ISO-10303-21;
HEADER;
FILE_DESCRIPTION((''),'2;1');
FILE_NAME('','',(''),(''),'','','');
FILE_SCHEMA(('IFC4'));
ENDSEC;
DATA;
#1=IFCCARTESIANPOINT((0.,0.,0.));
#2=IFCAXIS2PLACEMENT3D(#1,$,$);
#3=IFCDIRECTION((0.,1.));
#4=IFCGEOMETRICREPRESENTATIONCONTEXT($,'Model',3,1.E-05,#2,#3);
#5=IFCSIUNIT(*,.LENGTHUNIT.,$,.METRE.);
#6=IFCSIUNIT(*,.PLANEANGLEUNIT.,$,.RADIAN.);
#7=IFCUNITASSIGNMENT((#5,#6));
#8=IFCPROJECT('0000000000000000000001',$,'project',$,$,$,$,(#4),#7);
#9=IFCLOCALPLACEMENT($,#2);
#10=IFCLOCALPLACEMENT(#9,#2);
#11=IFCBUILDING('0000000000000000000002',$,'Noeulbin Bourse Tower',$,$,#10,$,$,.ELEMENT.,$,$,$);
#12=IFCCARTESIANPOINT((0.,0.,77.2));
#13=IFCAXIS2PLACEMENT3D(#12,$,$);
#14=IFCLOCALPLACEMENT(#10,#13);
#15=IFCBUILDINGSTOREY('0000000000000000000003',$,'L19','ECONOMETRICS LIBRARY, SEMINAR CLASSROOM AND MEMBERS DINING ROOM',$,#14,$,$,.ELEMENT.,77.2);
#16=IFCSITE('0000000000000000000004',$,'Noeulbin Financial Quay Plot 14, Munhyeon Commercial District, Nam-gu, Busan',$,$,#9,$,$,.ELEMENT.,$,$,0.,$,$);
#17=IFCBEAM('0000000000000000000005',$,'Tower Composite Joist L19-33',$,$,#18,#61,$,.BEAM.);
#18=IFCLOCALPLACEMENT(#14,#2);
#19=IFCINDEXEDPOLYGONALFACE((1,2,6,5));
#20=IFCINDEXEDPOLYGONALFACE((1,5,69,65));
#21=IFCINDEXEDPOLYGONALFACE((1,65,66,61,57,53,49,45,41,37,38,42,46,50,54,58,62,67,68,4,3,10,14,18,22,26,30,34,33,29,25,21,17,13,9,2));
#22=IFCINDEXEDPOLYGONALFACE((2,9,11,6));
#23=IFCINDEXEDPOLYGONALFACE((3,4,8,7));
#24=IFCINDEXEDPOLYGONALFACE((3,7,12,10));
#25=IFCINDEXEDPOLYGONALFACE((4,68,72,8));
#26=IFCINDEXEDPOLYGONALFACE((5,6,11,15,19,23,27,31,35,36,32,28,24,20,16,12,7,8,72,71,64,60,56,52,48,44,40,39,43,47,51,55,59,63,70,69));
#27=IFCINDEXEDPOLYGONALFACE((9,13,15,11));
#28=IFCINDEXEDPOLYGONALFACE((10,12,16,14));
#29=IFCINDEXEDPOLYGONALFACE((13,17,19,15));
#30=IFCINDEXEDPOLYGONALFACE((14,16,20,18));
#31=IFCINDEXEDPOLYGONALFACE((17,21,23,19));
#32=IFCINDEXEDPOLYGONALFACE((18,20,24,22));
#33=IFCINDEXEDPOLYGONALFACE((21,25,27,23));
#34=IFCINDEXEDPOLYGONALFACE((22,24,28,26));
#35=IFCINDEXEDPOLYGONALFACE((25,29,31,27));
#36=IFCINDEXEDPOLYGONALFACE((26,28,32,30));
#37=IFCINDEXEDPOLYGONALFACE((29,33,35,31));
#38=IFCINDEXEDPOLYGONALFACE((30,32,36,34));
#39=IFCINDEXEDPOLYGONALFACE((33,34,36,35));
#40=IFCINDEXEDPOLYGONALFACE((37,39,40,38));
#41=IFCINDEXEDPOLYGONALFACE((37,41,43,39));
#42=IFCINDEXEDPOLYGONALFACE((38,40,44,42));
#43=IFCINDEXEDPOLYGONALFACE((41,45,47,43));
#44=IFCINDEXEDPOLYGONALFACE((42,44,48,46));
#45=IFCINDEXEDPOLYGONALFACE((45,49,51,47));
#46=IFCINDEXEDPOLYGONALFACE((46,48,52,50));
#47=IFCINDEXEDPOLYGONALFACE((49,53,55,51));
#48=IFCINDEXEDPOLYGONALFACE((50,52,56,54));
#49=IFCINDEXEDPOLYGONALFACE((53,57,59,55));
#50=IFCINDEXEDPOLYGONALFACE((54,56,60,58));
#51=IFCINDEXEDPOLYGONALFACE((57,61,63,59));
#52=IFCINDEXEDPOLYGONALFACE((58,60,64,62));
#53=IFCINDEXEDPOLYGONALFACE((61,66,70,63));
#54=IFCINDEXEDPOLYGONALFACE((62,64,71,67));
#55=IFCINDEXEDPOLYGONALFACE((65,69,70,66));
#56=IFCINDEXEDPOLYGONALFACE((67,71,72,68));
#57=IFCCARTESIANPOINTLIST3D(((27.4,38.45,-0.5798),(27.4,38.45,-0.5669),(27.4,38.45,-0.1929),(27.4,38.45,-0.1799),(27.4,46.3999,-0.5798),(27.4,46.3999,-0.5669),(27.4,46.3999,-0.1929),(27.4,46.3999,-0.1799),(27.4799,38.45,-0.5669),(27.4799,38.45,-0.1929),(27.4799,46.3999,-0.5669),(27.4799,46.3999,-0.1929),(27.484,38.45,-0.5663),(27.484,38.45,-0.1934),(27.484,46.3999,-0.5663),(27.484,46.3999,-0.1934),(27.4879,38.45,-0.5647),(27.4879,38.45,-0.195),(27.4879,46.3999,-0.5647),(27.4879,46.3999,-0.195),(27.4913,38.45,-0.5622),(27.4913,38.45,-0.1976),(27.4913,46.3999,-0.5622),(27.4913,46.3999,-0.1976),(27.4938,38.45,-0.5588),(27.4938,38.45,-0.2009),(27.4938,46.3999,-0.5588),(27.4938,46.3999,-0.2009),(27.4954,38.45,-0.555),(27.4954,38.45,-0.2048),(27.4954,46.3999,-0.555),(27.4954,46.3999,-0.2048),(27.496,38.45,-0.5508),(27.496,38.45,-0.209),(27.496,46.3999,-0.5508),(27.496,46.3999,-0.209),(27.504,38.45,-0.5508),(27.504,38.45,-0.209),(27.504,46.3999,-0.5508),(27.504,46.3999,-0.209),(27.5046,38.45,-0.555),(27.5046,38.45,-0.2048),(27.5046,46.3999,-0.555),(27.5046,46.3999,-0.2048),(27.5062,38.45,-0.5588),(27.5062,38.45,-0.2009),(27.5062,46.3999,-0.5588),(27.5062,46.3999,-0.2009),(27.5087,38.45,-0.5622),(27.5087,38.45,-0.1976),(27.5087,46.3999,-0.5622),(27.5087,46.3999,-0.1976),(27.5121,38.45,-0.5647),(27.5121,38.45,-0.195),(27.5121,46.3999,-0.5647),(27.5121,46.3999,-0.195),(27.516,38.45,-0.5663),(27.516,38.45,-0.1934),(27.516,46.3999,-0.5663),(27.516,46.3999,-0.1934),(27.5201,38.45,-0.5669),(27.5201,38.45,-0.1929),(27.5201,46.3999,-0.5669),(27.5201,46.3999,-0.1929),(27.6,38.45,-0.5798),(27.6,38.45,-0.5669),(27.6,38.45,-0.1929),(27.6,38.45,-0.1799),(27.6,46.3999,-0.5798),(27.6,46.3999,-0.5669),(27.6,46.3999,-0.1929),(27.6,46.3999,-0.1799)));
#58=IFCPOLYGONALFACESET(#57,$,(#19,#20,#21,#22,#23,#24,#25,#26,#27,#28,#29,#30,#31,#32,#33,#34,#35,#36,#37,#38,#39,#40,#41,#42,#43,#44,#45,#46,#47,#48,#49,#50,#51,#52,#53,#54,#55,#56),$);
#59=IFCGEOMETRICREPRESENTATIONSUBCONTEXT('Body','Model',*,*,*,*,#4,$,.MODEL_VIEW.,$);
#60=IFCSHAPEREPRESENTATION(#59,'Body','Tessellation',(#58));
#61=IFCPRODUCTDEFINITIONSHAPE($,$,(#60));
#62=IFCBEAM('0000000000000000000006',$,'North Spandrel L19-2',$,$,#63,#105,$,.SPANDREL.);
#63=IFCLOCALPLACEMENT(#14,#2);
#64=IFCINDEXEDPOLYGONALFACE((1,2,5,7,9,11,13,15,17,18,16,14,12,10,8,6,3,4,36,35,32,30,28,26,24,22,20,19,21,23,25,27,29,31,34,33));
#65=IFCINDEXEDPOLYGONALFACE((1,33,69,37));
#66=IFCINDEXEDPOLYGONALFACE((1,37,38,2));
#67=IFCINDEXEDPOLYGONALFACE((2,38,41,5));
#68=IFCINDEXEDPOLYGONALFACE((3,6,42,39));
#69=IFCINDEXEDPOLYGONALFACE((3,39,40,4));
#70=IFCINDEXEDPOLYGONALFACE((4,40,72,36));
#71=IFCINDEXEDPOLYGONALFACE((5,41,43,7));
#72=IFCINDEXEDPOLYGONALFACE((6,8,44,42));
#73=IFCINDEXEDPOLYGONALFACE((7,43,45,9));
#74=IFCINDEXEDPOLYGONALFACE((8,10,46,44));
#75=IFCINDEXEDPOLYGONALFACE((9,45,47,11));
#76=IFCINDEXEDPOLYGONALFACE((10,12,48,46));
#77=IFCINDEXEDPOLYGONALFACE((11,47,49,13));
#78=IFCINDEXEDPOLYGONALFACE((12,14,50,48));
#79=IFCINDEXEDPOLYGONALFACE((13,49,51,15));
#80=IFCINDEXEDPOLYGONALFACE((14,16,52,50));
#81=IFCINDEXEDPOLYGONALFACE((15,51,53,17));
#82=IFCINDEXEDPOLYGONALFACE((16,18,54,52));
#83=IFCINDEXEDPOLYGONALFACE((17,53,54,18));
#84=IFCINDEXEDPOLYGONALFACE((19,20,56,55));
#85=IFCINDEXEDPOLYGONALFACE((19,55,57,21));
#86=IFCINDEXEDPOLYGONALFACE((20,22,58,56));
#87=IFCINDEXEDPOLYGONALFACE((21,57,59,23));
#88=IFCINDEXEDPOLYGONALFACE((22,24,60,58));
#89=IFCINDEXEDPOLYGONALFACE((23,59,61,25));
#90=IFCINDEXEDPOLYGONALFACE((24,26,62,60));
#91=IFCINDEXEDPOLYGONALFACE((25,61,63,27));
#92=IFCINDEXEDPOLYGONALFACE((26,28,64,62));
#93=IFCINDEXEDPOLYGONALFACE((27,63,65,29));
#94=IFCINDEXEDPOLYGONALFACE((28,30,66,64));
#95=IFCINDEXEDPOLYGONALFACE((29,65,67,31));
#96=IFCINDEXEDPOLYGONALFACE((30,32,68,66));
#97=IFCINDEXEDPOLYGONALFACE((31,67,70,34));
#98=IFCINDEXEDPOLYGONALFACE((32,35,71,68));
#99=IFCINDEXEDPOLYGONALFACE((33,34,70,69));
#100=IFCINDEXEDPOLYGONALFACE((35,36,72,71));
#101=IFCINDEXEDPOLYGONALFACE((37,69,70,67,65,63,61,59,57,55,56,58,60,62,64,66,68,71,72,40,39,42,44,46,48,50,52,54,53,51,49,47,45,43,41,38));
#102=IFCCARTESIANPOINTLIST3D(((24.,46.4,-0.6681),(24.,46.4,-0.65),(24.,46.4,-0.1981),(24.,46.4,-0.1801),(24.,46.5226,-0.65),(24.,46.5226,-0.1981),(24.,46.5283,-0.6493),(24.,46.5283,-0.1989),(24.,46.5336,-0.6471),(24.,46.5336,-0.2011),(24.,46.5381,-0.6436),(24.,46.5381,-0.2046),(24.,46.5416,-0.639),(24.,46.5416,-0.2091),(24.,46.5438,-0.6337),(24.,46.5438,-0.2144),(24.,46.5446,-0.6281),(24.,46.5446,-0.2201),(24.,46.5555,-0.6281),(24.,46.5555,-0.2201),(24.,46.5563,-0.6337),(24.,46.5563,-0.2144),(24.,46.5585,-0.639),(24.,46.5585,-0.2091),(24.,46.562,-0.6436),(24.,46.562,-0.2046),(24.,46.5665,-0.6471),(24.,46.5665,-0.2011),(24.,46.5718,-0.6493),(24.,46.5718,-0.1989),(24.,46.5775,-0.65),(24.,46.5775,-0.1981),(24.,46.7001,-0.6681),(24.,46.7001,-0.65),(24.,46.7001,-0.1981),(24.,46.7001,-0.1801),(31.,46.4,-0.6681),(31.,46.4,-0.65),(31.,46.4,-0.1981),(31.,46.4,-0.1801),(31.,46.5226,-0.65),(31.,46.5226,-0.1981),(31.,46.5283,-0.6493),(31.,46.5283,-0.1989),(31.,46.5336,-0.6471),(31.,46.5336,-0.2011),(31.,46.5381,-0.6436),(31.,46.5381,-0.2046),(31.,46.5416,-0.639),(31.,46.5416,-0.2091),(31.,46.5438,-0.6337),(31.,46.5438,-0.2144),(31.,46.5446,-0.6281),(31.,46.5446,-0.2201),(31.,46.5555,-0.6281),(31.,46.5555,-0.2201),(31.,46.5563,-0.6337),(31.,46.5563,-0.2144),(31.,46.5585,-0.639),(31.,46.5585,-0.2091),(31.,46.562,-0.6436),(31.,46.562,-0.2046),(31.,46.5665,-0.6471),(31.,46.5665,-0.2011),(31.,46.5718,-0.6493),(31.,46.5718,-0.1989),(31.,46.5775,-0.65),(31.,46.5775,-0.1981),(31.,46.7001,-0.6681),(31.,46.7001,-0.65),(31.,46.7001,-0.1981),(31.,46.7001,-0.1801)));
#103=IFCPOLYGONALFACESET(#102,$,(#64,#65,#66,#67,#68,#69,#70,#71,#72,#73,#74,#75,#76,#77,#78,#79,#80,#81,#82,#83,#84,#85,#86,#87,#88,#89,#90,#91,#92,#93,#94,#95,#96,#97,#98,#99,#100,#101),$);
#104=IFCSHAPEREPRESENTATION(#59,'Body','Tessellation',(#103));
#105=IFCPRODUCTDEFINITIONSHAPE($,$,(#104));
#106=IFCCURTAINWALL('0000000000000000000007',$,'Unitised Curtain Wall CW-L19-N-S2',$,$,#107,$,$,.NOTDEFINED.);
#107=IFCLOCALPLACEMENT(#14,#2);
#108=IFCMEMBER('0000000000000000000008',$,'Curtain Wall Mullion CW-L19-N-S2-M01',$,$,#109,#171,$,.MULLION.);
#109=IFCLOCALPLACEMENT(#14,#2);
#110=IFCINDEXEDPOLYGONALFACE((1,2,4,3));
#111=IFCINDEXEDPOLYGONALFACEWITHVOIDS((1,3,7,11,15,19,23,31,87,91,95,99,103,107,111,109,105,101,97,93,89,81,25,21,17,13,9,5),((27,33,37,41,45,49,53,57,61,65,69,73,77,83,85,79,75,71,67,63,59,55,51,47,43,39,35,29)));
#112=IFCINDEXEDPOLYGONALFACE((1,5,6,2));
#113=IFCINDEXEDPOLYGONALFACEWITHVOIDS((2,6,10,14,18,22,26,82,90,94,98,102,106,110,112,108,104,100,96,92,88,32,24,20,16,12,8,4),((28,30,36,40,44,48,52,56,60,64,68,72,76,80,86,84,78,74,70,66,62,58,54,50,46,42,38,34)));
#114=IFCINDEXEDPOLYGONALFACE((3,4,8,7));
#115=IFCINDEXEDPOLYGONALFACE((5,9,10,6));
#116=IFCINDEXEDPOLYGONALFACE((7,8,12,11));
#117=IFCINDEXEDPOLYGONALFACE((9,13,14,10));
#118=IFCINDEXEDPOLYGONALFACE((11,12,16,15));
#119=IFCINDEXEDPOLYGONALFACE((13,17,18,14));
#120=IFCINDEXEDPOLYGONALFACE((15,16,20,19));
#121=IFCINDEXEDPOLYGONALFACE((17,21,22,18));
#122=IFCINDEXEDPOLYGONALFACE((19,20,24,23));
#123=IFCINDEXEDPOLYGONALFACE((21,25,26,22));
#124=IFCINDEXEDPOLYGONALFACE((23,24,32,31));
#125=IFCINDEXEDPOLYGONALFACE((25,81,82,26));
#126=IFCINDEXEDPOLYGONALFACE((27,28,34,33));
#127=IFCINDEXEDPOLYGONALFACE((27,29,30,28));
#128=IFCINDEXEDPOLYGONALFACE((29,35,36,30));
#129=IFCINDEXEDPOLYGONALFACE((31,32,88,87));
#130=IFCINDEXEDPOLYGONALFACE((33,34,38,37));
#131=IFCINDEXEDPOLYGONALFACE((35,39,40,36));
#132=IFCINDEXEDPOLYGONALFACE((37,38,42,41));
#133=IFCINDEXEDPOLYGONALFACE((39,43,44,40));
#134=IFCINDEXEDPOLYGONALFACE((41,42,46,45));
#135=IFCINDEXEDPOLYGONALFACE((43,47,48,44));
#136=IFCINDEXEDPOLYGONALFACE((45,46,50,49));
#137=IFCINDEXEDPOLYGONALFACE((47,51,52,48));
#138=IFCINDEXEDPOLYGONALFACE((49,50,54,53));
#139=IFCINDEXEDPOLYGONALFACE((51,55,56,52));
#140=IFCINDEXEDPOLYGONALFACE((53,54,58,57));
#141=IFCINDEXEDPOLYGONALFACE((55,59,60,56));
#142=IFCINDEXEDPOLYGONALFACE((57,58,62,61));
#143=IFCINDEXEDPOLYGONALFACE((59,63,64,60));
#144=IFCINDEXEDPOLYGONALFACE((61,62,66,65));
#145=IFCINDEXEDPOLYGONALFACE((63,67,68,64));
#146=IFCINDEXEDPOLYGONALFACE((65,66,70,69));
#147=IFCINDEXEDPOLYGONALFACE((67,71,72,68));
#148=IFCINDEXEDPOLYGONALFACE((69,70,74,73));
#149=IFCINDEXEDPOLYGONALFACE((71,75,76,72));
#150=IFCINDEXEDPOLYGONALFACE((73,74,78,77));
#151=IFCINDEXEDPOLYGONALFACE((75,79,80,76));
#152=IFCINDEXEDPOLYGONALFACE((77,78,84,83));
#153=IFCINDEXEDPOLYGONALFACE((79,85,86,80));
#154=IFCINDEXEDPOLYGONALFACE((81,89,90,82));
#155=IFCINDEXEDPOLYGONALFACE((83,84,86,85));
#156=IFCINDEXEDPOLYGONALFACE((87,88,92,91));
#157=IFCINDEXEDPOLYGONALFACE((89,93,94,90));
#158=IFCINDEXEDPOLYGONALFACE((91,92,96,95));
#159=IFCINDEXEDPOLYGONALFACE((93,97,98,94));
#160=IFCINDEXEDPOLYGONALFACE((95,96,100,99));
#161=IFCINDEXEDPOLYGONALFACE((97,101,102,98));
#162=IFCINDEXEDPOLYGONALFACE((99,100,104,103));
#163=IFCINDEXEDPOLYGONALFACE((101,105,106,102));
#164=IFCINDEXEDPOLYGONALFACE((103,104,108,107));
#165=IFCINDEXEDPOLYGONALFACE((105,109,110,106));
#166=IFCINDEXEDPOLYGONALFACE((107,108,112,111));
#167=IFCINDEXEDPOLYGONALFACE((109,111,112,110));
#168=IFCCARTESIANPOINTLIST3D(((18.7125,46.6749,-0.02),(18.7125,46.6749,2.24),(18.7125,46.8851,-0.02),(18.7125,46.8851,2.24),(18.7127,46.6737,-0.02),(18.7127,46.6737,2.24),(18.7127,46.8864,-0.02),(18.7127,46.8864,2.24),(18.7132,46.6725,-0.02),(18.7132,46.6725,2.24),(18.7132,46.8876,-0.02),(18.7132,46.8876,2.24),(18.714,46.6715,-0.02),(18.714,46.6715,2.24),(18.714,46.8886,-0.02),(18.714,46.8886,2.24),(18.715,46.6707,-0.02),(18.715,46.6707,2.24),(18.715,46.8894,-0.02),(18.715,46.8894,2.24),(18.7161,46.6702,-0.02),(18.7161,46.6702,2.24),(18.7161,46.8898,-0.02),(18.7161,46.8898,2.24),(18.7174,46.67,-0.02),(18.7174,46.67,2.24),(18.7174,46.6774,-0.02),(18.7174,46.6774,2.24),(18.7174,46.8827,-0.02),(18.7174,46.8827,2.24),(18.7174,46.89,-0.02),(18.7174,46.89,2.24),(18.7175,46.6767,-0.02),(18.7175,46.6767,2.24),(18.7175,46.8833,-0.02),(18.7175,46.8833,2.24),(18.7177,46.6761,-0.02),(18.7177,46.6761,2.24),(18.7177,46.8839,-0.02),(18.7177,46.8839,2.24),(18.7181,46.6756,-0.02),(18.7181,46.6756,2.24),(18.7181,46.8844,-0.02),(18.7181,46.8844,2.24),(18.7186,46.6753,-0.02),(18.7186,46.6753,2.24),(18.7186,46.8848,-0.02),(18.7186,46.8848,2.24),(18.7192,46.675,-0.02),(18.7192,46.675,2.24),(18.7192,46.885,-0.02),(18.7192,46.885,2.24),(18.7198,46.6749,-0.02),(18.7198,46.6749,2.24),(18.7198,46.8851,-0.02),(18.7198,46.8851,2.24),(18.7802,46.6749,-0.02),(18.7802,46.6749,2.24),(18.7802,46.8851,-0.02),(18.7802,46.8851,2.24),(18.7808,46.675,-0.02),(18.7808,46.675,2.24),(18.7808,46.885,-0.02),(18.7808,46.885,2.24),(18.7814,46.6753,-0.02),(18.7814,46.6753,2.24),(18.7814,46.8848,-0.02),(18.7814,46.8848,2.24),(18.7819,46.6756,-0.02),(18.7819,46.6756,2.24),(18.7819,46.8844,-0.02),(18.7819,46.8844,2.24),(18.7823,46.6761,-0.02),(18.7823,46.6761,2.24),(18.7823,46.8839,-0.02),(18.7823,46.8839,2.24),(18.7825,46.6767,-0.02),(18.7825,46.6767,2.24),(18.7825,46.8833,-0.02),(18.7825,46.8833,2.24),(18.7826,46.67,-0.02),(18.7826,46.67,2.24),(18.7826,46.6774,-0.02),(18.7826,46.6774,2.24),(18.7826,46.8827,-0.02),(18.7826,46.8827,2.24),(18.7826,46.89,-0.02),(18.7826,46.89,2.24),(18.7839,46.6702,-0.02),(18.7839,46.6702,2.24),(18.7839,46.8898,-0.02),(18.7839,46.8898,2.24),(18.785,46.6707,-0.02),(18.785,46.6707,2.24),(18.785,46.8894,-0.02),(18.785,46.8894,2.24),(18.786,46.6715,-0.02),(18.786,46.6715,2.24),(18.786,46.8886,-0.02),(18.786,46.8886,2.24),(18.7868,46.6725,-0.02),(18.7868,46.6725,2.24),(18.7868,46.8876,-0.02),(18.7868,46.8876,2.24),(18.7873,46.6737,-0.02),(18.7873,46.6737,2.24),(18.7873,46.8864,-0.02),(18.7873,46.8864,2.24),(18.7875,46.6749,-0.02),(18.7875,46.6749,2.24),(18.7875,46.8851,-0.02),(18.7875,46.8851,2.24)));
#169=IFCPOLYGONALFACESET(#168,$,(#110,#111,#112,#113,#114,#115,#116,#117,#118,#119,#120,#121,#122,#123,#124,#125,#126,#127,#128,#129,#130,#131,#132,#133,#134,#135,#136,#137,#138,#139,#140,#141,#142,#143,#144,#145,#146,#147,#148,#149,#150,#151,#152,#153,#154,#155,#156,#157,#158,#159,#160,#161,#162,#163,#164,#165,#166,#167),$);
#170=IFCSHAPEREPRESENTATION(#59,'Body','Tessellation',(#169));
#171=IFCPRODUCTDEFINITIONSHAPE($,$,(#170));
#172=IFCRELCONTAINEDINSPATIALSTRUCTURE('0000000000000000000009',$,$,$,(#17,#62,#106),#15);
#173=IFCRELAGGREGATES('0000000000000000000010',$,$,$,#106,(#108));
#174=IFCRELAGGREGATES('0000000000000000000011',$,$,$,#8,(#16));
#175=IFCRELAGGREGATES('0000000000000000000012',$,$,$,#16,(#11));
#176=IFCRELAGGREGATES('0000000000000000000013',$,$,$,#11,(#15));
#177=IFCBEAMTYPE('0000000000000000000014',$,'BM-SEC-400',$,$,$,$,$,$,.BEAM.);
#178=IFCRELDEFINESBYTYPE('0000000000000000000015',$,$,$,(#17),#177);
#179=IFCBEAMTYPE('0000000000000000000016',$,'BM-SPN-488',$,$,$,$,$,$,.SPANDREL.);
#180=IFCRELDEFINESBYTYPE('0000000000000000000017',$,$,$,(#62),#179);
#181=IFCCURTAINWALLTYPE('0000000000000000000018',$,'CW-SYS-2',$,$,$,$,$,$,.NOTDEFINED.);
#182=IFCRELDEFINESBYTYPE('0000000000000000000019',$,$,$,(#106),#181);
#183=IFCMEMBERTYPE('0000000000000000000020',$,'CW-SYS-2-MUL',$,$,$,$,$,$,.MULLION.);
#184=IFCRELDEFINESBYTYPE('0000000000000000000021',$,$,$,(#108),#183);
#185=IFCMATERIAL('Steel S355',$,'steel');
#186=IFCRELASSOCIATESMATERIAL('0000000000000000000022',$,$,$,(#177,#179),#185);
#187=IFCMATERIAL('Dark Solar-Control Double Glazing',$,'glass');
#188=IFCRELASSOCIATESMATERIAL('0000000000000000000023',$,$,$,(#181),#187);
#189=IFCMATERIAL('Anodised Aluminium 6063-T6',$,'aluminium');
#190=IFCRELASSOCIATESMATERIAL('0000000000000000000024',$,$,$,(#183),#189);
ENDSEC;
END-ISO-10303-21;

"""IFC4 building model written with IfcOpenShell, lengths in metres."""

from ifc_helpers import new_model, si_unit, direction, frame, origin, origin_2d, place, context, subcontext, project, spatial, hollow_rectangle, i_section, extrude, material, material_profile, profile_set, type_object, element, aggregate, save


model = new_model("IFC4")

# Units and contexts
model_context = context("Model", 3, precision=1e-05, world=origin(), true_north=direction((0.0, 1.0)))
body_context = subcontext(model_context, "Body", "Model", "MODEL_VIEW")
ifc_project = project(units=[si_unit("LENGTHUNIT", "METRE"), si_unit("PLANEANGLEUNIT", "RADIAN")], contexts=[model_context])

# Site, building, storey
site_placement = place(None, origin())
site = spatial("IfcSite", under=ifc_project, at=site_placement, Name="Noeulbin Financial Quay Plot 14, Munhyeon Commercial District, Nam-gu, Busan", CompositionType="ELEMENT", RefElevation=0.0)
building_placement = place(site_placement, origin())
building = spatial("IfcBuilding", under=site, at=building_placement, Name="Noeulbin Bourse Tower", CompositionType="ELEMENT")
storey_placement = place(building_placement, frame((0.0, 0.0, 77.2)))
storey = spatial("IfcBuildingStorey", under=building, at=storey_placement, Name="L19", Description="ECONOMETRICS LIBRARY, SEMINAR CLASSROOM AND MEMBERS DINING ROOM", CompositionType="ELEMENT", Elevation=77.2)

# Beams
ifc_material_1 = material(Name="Steel S355", Category="steel")
ifc_material_profile_1 = material_profile(ifc_material_1, i_section(OverallWidth=0.2, OverallDepth=0.3999, WebThickness=0.0081, FlangeThickness=0.0129, FilletRadius=0.0161, at=origin_2d()), Name="H-400x200x8x13", Category="LoadBearing")
ifc_profile_set_1 = profile_set([ifc_material_profile_1], Name="Steel S355")
beam_type_1 = type_object("IfcBeamType", Name="BM-SEC-400", PredefinedType="BEAM", material=ifc_profile_set_1)
for number, where, z_axis, x_axis, name in (
    (1, (27.5, 38.45, -0.3799), (0.0, 1.0, 0.0), (-1.0, 0.0, 0.0), "Tower Composite Joist L19-33"),
):
    element("IfcBeam", number, at=place(storey_placement, frame(where, z_axis=z_axis, x_axis=x_axis)), inside=storey, type_object=beam_type_1, Name=name, PredefinedType="BEAM", context=body_context, shape_type="SweptSolid", body=[
        extrude(i_section(OverallWidth=0.2, OverallDepth=0.3999, WebThickness=0.0081, FlangeThickness=0.0129, FilletRadius=0.0161, at=origin_2d()), origin(), (0.0, 0.0, 1.0), 7.95),
    ])
ifc_material_profile_2 = material_profile(ifc_material_1, i_section(OverallWidth=0.3, OverallDepth=0.488, WebThickness=0.011, FlangeThickness=0.0181, FilletRadius=0.022, at=origin_2d()), Name="H-488x300x11x18", Category="LoadBearing")
ifc_profile_set_2 = profile_set([ifc_material_profile_2], Name="Steel S355")
beam_type_2 = type_object("IfcBeamType", Name="BM-SPN-488", PredefinedType="SPANDREL", material=ifc_profile_set_2)
beam_1_placement = place(storey_placement, frame((24.0, 46.55, -0.4241), z_axis=(1.0, 0.0, 0.0), x_axis=(0.0, 1.0, 0.0)))
element("IfcBeam", 2, at=beam_1_placement, inside=storey, type_object=beam_type_2, Name="North Spandrel L19-2", PredefinedType="SPANDREL", context=body_context, shape_type="SweptSolid", body=[
    extrude(i_section(OverallWidth=0.3, OverallDepth=0.488, WebThickness=0.011, FlangeThickness=0.0181, FilletRadius=0.022, at=origin_2d()), origin(), (0.0, 0.0, 1.0), 7.0),
])

# Curtain wall, member
ifc_material_2 = material(Name="Dark Solar-Control Double Glazing", Category="glass")
curtain_wall_type = type_object("IfcCurtainWallType", Name="CW-SYS-2", PredefinedType="NOTDEFINED", material=ifc_material_2)
curtain_wall_1_placement = place(storey_placement, origin())
curtain_wall_1 = element("IfcCurtainWall", 3, at=curtain_wall_1_placement, inside=storey, type_object=curtain_wall_type, Name="Unitised Curtain Wall CW-L19-N-S2", PredefinedType="NOTDEFINED")
ifc_material_3 = material(Name="Anodised Aluminium 6063-T6", Category="aluminium")
ifc_material_profile_3 = material_profile(ifc_material_3, hollow_rectangle(XDim=0.075, YDim=0.22, WallThickness=0.0049, InnerFilletRadius=0.0024, OuterFilletRadius=0.0049, at=origin_2d()), Name="ALU-MULL-75x220x5", Category="LoadBearing")
ifc_profile_set_3 = profile_set([ifc_material_profile_3], Name="Anodised Aluminium 6063-T6")
member_type_1 = type_object("IfcMemberType", Name="CW-SYS-2-MUL", PredefinedType="MULLION", material=ifc_profile_set_3)
member_1_placement = place(storey_placement, frame((18.75, 46.78, -0.02), z_axis=(0.0, 0.0, 1.0), x_axis=(1.0, 0.0, 0.0)))
member_1 = element("IfcMember", 4, at=member_1_placement, type_object=member_type_1, Name="Curtain Wall Mullion CW-L19-N-S2-M01", PredefinedType="MULLION", context=body_context, shape_type="SweptSolid", body=[
    extrude(hollow_rectangle(XDim=0.075, YDim=0.22, WallThickness=0.0049, InnerFilletRadius=0.0024, OuterFilletRadius=0.0049, at=origin_2d()), origin(), (0.0, 0.0, 1.0), 2.26),
])

aggregate(curtain_wall_1, [member_1])

save(model, "model.ifc")
